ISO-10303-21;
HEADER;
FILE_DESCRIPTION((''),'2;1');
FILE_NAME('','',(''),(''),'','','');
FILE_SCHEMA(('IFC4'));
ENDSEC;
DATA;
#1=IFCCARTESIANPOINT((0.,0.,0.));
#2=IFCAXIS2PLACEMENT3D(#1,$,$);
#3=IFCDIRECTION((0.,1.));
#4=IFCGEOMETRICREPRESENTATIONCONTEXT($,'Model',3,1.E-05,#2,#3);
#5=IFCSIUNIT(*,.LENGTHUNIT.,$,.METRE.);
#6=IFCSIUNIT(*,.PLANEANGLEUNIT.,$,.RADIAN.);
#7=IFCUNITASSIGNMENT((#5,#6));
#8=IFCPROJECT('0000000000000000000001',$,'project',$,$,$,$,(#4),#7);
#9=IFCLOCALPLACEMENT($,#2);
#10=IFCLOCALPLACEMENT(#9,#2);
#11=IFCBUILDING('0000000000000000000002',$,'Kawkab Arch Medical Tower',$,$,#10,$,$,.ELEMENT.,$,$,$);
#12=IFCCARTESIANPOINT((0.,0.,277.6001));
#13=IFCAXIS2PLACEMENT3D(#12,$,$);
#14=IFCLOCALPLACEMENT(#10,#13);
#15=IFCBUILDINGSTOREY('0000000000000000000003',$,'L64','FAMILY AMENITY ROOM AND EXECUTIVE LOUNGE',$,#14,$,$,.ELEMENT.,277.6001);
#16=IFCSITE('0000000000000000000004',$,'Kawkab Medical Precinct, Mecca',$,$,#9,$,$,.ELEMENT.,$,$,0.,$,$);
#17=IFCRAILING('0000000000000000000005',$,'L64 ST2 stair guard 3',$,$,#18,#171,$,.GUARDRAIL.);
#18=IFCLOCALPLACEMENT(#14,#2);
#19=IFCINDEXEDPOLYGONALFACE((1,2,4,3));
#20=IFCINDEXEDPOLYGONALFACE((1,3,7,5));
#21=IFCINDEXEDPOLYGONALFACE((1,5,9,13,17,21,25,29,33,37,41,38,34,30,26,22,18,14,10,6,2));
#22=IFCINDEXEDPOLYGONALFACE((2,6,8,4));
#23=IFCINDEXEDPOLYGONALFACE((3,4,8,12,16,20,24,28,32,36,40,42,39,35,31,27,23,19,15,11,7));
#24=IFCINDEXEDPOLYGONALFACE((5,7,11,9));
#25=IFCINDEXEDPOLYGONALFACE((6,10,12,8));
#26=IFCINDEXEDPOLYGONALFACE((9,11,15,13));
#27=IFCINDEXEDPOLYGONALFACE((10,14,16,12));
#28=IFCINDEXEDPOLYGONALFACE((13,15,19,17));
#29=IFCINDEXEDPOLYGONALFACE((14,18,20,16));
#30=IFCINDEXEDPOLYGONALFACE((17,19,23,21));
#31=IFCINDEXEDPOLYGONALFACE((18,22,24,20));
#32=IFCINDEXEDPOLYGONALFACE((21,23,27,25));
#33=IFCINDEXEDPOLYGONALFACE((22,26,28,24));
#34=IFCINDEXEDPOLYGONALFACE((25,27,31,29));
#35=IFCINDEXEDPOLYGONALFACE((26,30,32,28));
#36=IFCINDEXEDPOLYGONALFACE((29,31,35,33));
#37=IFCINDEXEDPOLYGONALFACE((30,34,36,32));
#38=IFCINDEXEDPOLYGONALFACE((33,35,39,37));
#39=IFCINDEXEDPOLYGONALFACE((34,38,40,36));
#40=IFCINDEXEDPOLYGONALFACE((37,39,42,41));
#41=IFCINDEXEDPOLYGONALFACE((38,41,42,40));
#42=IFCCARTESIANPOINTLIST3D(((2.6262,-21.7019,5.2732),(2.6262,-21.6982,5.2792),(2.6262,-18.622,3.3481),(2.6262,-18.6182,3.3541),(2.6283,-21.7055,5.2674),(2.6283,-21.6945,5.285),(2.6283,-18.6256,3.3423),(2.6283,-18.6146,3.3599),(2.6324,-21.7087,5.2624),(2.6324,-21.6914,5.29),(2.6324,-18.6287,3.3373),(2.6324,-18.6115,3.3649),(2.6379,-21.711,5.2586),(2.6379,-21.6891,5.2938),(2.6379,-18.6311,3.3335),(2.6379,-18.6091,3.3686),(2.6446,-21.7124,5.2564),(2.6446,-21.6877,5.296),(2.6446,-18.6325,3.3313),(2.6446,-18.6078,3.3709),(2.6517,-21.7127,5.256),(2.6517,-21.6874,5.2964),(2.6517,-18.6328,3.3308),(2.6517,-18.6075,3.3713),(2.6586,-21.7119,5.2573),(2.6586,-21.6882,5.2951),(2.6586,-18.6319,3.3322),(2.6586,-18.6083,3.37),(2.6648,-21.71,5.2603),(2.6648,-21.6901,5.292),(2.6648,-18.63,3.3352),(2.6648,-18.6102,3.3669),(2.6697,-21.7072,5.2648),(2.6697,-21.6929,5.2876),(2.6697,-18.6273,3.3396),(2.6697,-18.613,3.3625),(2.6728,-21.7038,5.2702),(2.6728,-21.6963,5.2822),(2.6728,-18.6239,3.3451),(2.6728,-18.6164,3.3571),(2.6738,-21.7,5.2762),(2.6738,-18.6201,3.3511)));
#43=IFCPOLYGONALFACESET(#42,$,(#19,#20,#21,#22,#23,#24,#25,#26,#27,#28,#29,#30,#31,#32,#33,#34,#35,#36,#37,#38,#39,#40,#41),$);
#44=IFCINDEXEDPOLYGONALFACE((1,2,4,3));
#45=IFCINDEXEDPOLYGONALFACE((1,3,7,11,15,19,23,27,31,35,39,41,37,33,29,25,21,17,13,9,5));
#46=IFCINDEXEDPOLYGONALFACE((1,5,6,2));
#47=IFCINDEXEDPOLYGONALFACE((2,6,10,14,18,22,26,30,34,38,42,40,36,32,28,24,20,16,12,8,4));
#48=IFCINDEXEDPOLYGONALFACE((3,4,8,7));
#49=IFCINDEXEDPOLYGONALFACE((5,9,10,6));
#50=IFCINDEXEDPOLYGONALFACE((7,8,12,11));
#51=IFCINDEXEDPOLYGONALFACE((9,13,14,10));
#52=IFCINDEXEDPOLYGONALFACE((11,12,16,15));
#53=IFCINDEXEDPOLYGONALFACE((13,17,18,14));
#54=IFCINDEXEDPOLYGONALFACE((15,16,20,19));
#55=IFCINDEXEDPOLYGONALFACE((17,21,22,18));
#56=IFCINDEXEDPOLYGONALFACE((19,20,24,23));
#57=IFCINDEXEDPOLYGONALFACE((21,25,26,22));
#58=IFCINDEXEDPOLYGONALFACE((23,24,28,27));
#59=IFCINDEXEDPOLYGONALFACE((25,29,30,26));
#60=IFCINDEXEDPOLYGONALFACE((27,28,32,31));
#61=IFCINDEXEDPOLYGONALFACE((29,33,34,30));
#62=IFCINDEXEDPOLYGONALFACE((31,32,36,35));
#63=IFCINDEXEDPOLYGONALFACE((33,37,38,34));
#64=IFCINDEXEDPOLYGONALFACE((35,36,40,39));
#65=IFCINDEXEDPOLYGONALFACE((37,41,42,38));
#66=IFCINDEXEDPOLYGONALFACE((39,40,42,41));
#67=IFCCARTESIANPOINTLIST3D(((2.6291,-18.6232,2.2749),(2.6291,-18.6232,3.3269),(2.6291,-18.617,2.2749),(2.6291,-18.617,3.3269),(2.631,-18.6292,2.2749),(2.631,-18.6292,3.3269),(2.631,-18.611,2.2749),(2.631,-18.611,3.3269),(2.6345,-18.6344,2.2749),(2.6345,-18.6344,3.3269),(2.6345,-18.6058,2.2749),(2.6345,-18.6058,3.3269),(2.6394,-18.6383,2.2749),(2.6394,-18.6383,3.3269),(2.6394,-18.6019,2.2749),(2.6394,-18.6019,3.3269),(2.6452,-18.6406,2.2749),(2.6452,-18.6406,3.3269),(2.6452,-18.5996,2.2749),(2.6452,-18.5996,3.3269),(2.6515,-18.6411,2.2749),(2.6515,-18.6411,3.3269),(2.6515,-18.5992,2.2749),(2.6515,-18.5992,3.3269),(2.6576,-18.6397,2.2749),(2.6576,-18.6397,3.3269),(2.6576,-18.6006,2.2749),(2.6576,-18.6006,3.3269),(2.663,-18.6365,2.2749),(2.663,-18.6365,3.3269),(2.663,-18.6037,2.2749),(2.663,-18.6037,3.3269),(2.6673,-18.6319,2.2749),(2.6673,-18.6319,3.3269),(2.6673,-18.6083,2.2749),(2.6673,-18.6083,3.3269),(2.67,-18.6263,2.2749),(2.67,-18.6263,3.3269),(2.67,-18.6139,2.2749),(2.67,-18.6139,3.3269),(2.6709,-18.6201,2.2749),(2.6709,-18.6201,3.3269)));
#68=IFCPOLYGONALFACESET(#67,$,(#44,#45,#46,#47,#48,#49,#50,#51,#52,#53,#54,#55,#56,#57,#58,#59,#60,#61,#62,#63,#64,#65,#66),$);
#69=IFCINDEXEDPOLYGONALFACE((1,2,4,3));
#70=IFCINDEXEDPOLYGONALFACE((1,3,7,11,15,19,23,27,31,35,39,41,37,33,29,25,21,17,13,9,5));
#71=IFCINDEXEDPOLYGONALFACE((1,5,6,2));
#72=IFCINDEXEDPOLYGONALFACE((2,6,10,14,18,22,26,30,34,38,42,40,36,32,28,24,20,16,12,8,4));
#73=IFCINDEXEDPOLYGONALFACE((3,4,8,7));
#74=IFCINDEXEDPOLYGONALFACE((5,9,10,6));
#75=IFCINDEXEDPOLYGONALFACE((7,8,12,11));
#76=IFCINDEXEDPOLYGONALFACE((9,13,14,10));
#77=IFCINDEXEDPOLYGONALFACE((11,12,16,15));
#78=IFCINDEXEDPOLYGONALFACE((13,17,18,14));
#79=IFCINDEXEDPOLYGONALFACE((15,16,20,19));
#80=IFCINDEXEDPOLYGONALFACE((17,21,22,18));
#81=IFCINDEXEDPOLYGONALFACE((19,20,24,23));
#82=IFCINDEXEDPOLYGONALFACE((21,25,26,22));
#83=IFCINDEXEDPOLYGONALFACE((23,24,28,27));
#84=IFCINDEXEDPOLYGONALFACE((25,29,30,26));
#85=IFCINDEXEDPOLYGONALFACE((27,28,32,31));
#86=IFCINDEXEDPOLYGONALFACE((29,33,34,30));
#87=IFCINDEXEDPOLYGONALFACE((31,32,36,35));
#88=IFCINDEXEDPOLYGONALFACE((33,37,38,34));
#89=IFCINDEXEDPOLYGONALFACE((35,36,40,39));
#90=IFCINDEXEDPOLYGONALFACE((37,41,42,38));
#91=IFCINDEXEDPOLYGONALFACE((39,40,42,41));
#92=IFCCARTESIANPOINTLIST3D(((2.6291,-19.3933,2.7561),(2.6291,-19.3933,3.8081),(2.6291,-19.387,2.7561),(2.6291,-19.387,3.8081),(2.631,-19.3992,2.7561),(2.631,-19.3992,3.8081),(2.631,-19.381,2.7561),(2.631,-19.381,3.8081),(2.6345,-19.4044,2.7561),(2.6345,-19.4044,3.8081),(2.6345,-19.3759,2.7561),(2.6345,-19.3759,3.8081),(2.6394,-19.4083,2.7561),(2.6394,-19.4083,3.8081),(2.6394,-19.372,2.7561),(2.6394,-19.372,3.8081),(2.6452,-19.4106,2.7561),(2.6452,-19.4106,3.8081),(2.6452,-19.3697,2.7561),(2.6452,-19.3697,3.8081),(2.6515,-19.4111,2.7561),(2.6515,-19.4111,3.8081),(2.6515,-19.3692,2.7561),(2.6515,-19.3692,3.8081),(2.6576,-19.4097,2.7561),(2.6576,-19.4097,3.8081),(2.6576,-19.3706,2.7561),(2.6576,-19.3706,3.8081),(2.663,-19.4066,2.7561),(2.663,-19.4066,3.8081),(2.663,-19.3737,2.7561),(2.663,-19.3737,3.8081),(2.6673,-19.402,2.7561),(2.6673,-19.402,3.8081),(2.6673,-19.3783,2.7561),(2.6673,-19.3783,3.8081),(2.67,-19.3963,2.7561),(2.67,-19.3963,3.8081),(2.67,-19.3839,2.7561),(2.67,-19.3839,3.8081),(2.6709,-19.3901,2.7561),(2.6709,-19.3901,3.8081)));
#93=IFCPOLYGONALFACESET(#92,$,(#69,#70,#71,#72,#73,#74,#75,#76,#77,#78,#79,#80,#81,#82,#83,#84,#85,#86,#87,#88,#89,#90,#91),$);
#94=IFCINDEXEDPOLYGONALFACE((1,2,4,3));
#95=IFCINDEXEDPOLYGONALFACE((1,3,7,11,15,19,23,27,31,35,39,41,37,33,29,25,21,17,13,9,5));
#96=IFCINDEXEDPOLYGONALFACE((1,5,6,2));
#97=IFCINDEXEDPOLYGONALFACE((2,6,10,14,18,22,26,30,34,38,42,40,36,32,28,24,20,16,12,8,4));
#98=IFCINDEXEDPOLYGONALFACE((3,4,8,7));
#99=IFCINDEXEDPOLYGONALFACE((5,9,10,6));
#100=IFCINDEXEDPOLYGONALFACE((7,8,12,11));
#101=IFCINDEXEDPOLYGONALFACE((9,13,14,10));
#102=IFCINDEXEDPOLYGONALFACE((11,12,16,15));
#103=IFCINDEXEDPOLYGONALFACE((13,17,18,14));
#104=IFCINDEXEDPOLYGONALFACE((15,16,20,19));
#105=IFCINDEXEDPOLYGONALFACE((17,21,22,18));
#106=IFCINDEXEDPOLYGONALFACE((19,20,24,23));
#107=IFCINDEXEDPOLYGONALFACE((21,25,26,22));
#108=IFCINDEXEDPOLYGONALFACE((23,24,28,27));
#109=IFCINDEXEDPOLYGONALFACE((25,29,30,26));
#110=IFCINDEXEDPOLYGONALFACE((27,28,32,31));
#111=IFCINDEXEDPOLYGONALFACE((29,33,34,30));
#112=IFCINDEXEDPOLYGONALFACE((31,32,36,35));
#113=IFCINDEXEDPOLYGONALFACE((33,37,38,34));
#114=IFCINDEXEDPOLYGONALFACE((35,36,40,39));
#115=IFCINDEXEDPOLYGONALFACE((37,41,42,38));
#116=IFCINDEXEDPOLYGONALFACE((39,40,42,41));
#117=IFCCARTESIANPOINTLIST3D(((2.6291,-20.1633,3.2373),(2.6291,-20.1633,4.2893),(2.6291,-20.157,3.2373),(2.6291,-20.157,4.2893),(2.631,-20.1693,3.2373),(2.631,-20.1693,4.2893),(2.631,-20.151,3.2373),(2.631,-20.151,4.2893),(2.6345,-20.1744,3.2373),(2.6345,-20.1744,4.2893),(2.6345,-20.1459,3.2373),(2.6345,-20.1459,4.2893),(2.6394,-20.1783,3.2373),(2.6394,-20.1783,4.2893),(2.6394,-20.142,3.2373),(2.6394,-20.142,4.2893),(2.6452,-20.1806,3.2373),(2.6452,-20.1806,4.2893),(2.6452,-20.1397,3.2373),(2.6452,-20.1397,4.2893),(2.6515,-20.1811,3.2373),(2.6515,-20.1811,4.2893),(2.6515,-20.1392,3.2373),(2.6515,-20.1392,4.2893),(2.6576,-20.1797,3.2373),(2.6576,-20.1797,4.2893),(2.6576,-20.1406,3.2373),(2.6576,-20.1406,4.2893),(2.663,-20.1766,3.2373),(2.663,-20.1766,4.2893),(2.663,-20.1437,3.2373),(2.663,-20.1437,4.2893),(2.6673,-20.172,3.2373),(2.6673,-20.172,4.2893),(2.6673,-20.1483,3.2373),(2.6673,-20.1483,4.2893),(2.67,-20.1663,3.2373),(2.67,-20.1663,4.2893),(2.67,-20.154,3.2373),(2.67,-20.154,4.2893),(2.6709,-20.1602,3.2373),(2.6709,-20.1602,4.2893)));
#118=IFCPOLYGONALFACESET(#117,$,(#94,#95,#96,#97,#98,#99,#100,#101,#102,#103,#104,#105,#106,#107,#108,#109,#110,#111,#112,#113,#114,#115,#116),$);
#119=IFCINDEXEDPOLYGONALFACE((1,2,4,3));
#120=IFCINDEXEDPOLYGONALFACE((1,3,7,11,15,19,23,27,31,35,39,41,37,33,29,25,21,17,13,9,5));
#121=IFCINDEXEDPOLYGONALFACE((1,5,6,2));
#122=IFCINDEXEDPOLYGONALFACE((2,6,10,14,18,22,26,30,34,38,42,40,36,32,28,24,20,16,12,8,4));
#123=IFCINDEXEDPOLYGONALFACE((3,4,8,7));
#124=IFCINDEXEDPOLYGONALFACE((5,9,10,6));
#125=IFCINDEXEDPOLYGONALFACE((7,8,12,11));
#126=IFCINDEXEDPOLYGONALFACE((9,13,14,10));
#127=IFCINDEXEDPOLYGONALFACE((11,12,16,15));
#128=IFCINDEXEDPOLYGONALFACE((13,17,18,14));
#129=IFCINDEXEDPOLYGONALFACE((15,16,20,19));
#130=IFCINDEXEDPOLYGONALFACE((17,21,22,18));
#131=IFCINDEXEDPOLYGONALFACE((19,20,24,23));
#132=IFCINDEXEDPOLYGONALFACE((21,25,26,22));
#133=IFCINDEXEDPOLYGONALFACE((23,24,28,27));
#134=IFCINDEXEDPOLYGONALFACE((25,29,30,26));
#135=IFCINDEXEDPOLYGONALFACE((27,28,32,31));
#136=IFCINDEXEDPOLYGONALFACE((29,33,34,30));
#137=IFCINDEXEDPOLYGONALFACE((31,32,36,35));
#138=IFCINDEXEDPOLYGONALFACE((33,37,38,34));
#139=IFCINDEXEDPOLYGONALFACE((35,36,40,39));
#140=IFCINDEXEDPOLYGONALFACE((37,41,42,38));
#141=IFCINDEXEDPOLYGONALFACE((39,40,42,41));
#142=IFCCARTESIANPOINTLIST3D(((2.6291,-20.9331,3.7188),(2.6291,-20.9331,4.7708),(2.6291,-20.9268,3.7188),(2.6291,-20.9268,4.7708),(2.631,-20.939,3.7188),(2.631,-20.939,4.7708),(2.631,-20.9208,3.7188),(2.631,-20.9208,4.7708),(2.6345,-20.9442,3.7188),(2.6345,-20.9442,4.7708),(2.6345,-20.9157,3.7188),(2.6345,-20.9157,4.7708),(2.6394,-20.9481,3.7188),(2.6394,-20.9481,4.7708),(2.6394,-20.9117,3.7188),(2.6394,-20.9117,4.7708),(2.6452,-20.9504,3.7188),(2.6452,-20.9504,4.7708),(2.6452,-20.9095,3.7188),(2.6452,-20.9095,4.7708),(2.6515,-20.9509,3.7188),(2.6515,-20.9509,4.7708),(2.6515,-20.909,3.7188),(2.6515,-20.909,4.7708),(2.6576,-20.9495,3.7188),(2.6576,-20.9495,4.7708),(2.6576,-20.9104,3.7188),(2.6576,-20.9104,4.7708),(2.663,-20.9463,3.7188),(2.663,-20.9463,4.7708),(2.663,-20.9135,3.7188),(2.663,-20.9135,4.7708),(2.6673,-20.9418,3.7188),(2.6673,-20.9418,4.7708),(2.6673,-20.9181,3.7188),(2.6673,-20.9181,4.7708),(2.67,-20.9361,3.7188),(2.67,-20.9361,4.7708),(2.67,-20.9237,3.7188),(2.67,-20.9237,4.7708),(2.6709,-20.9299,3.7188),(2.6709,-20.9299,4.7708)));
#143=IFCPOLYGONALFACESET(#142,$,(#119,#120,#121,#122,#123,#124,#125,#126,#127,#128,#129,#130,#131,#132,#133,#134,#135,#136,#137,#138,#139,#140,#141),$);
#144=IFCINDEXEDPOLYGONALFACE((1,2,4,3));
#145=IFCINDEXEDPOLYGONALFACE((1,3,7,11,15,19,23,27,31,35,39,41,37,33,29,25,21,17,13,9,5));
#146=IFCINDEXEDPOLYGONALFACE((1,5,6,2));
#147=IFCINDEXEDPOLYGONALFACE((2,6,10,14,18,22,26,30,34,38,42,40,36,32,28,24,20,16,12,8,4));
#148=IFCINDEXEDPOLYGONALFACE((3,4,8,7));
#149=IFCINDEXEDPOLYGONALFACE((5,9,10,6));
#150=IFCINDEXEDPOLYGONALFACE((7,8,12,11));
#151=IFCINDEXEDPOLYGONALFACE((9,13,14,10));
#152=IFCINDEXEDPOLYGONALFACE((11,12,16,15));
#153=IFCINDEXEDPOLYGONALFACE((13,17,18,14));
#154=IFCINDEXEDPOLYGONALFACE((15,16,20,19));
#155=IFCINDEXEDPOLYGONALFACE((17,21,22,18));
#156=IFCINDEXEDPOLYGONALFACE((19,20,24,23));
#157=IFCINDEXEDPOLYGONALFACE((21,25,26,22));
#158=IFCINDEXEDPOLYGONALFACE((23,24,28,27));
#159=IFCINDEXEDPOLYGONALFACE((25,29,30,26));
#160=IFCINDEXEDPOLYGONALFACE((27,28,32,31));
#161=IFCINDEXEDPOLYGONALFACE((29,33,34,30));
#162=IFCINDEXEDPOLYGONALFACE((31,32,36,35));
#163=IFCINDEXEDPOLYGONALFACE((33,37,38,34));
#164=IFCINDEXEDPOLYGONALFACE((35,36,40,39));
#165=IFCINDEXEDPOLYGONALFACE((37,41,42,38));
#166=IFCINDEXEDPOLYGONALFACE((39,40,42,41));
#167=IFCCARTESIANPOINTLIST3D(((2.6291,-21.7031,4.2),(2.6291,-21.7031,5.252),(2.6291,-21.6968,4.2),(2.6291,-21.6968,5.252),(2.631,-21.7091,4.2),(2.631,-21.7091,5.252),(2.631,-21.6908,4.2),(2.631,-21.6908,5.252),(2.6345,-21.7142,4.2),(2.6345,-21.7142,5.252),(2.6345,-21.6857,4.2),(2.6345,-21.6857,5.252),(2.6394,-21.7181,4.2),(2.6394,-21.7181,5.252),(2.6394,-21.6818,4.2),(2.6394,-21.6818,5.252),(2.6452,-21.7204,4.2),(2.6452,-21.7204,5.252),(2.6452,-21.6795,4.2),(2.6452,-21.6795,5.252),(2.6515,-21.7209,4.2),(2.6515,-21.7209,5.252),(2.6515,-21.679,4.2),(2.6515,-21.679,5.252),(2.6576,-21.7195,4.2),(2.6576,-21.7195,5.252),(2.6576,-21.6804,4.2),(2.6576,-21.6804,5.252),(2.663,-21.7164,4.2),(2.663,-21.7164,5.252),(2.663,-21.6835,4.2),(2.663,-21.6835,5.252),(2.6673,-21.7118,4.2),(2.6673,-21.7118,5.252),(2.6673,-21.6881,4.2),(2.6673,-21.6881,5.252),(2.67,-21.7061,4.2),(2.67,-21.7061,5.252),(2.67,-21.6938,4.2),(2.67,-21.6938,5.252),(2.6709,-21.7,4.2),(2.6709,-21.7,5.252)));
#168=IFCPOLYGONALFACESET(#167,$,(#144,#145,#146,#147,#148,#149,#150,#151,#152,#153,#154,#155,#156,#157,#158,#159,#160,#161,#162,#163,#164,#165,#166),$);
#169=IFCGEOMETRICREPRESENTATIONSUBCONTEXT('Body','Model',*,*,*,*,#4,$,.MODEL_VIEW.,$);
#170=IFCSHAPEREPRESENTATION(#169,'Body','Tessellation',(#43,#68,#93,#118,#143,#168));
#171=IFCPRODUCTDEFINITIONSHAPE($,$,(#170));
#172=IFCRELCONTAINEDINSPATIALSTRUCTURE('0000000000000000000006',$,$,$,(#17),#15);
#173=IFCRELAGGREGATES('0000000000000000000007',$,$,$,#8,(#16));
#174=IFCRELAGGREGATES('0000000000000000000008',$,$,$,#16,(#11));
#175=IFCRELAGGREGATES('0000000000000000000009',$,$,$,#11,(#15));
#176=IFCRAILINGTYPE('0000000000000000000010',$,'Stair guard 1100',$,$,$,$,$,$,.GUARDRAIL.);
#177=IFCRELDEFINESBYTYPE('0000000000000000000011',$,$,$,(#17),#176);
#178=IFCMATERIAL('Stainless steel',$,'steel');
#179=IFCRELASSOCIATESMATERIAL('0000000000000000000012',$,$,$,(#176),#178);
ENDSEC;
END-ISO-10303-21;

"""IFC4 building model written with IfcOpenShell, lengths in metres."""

from ifc_helpers import new_model, si_unit, direction, frame, origin, origin_2d, place, context, subcontext, project, spatial, circle, extrude, material, type_object, element, save


model = new_model("IFC4")

# Units and contexts
model_context = context("Model", 3, precision=1e-05, world=origin(), true_north=direction((0.0, 1.0)))
body_context = subcontext(model_context, "Body", "Model", "MODEL_VIEW")
ifc_project = project(units=[si_unit("LENGTHUNIT", "METRE"), si_unit("PLANEANGLEUNIT", "RADIAN")], contexts=[model_context])

# Site, building, storey
site_placement = place(None, origin())
site = spatial("IfcSite", under=ifc_project, at=site_placement, Name="Kawkab Medical Precinct, Mecca", CompositionType="ELEMENT", RefElevation=0.0)
building_placement = place(site_placement, origin())
building = spatial("IfcBuilding", under=site, at=building_placement, Name="Kawkab Arch Medical Tower", CompositionType="ELEMENT")
storey_placement = place(building_placement, frame((0.0, 0.0, 277.6001)))
storey = spatial("IfcBuildingStorey", under=building, at=storey_placement, Name="L64", Description="FAMILY AMENITY ROOM AND EXECUTIVE LOUNGE", CompositionType="ELEMENT", Elevation=277.6001)

# Railing
ifc_material_1 = material(Name="Stainless steel", Category="steel")
railing_type = type_object("IfcRailingType", Name="Stair guard 1100", PredefinedType="GUARDRAIL", material=ifc_material_1)
railing_1_placement = place(storey_placement, frame((2.6499, -18.6201, 2.2749)))
element("IfcRailing", 1, at=railing_1_placement, inside=storey, type_object=railing_type, Name="L64 ST2 stair guard 3", PredefinedType="GUARDRAIL", context=body_context, shape_type="SweptSolid", body=[
    extrude(circle(Radius=0.0239, at=origin_2d()), frame((0.0, 0.0, 1.0762), z_axis=(0.0, -0.847979, 0.530029), x_axis=(1.0, 0.0, 0.0)), (0.0, 0.0, 1.0), 3.6321),
    extrude(circle(Radius=0.021, at=origin_2d()), origin(), (0.0, 0.0, 1.0), 1.052),
    extrude(circle(Radius=0.021, at=origin_2d()), frame((0.0, -0.77, 0.4812)), (0.0, 0.0, 1.0), 1.052),
    extrude(circle(Radius=0.021, at=origin_2d()), frame((0.0, -1.54, 0.9624)), (0.0, 0.0, 1.0), 1.052),
    extrude(circle(Radius=0.021, at=origin_2d()), frame((0.0, -2.3098, 1.4438)), (0.0, 0.0, 1.0), 1.052),
    extrude(circle(Radius=0.021, at=origin_2d()), frame((0.0, -3.0798, 1.925)), (0.0, 0.0, 1.0), 1.052),
])

save(model, "model.ifc")
